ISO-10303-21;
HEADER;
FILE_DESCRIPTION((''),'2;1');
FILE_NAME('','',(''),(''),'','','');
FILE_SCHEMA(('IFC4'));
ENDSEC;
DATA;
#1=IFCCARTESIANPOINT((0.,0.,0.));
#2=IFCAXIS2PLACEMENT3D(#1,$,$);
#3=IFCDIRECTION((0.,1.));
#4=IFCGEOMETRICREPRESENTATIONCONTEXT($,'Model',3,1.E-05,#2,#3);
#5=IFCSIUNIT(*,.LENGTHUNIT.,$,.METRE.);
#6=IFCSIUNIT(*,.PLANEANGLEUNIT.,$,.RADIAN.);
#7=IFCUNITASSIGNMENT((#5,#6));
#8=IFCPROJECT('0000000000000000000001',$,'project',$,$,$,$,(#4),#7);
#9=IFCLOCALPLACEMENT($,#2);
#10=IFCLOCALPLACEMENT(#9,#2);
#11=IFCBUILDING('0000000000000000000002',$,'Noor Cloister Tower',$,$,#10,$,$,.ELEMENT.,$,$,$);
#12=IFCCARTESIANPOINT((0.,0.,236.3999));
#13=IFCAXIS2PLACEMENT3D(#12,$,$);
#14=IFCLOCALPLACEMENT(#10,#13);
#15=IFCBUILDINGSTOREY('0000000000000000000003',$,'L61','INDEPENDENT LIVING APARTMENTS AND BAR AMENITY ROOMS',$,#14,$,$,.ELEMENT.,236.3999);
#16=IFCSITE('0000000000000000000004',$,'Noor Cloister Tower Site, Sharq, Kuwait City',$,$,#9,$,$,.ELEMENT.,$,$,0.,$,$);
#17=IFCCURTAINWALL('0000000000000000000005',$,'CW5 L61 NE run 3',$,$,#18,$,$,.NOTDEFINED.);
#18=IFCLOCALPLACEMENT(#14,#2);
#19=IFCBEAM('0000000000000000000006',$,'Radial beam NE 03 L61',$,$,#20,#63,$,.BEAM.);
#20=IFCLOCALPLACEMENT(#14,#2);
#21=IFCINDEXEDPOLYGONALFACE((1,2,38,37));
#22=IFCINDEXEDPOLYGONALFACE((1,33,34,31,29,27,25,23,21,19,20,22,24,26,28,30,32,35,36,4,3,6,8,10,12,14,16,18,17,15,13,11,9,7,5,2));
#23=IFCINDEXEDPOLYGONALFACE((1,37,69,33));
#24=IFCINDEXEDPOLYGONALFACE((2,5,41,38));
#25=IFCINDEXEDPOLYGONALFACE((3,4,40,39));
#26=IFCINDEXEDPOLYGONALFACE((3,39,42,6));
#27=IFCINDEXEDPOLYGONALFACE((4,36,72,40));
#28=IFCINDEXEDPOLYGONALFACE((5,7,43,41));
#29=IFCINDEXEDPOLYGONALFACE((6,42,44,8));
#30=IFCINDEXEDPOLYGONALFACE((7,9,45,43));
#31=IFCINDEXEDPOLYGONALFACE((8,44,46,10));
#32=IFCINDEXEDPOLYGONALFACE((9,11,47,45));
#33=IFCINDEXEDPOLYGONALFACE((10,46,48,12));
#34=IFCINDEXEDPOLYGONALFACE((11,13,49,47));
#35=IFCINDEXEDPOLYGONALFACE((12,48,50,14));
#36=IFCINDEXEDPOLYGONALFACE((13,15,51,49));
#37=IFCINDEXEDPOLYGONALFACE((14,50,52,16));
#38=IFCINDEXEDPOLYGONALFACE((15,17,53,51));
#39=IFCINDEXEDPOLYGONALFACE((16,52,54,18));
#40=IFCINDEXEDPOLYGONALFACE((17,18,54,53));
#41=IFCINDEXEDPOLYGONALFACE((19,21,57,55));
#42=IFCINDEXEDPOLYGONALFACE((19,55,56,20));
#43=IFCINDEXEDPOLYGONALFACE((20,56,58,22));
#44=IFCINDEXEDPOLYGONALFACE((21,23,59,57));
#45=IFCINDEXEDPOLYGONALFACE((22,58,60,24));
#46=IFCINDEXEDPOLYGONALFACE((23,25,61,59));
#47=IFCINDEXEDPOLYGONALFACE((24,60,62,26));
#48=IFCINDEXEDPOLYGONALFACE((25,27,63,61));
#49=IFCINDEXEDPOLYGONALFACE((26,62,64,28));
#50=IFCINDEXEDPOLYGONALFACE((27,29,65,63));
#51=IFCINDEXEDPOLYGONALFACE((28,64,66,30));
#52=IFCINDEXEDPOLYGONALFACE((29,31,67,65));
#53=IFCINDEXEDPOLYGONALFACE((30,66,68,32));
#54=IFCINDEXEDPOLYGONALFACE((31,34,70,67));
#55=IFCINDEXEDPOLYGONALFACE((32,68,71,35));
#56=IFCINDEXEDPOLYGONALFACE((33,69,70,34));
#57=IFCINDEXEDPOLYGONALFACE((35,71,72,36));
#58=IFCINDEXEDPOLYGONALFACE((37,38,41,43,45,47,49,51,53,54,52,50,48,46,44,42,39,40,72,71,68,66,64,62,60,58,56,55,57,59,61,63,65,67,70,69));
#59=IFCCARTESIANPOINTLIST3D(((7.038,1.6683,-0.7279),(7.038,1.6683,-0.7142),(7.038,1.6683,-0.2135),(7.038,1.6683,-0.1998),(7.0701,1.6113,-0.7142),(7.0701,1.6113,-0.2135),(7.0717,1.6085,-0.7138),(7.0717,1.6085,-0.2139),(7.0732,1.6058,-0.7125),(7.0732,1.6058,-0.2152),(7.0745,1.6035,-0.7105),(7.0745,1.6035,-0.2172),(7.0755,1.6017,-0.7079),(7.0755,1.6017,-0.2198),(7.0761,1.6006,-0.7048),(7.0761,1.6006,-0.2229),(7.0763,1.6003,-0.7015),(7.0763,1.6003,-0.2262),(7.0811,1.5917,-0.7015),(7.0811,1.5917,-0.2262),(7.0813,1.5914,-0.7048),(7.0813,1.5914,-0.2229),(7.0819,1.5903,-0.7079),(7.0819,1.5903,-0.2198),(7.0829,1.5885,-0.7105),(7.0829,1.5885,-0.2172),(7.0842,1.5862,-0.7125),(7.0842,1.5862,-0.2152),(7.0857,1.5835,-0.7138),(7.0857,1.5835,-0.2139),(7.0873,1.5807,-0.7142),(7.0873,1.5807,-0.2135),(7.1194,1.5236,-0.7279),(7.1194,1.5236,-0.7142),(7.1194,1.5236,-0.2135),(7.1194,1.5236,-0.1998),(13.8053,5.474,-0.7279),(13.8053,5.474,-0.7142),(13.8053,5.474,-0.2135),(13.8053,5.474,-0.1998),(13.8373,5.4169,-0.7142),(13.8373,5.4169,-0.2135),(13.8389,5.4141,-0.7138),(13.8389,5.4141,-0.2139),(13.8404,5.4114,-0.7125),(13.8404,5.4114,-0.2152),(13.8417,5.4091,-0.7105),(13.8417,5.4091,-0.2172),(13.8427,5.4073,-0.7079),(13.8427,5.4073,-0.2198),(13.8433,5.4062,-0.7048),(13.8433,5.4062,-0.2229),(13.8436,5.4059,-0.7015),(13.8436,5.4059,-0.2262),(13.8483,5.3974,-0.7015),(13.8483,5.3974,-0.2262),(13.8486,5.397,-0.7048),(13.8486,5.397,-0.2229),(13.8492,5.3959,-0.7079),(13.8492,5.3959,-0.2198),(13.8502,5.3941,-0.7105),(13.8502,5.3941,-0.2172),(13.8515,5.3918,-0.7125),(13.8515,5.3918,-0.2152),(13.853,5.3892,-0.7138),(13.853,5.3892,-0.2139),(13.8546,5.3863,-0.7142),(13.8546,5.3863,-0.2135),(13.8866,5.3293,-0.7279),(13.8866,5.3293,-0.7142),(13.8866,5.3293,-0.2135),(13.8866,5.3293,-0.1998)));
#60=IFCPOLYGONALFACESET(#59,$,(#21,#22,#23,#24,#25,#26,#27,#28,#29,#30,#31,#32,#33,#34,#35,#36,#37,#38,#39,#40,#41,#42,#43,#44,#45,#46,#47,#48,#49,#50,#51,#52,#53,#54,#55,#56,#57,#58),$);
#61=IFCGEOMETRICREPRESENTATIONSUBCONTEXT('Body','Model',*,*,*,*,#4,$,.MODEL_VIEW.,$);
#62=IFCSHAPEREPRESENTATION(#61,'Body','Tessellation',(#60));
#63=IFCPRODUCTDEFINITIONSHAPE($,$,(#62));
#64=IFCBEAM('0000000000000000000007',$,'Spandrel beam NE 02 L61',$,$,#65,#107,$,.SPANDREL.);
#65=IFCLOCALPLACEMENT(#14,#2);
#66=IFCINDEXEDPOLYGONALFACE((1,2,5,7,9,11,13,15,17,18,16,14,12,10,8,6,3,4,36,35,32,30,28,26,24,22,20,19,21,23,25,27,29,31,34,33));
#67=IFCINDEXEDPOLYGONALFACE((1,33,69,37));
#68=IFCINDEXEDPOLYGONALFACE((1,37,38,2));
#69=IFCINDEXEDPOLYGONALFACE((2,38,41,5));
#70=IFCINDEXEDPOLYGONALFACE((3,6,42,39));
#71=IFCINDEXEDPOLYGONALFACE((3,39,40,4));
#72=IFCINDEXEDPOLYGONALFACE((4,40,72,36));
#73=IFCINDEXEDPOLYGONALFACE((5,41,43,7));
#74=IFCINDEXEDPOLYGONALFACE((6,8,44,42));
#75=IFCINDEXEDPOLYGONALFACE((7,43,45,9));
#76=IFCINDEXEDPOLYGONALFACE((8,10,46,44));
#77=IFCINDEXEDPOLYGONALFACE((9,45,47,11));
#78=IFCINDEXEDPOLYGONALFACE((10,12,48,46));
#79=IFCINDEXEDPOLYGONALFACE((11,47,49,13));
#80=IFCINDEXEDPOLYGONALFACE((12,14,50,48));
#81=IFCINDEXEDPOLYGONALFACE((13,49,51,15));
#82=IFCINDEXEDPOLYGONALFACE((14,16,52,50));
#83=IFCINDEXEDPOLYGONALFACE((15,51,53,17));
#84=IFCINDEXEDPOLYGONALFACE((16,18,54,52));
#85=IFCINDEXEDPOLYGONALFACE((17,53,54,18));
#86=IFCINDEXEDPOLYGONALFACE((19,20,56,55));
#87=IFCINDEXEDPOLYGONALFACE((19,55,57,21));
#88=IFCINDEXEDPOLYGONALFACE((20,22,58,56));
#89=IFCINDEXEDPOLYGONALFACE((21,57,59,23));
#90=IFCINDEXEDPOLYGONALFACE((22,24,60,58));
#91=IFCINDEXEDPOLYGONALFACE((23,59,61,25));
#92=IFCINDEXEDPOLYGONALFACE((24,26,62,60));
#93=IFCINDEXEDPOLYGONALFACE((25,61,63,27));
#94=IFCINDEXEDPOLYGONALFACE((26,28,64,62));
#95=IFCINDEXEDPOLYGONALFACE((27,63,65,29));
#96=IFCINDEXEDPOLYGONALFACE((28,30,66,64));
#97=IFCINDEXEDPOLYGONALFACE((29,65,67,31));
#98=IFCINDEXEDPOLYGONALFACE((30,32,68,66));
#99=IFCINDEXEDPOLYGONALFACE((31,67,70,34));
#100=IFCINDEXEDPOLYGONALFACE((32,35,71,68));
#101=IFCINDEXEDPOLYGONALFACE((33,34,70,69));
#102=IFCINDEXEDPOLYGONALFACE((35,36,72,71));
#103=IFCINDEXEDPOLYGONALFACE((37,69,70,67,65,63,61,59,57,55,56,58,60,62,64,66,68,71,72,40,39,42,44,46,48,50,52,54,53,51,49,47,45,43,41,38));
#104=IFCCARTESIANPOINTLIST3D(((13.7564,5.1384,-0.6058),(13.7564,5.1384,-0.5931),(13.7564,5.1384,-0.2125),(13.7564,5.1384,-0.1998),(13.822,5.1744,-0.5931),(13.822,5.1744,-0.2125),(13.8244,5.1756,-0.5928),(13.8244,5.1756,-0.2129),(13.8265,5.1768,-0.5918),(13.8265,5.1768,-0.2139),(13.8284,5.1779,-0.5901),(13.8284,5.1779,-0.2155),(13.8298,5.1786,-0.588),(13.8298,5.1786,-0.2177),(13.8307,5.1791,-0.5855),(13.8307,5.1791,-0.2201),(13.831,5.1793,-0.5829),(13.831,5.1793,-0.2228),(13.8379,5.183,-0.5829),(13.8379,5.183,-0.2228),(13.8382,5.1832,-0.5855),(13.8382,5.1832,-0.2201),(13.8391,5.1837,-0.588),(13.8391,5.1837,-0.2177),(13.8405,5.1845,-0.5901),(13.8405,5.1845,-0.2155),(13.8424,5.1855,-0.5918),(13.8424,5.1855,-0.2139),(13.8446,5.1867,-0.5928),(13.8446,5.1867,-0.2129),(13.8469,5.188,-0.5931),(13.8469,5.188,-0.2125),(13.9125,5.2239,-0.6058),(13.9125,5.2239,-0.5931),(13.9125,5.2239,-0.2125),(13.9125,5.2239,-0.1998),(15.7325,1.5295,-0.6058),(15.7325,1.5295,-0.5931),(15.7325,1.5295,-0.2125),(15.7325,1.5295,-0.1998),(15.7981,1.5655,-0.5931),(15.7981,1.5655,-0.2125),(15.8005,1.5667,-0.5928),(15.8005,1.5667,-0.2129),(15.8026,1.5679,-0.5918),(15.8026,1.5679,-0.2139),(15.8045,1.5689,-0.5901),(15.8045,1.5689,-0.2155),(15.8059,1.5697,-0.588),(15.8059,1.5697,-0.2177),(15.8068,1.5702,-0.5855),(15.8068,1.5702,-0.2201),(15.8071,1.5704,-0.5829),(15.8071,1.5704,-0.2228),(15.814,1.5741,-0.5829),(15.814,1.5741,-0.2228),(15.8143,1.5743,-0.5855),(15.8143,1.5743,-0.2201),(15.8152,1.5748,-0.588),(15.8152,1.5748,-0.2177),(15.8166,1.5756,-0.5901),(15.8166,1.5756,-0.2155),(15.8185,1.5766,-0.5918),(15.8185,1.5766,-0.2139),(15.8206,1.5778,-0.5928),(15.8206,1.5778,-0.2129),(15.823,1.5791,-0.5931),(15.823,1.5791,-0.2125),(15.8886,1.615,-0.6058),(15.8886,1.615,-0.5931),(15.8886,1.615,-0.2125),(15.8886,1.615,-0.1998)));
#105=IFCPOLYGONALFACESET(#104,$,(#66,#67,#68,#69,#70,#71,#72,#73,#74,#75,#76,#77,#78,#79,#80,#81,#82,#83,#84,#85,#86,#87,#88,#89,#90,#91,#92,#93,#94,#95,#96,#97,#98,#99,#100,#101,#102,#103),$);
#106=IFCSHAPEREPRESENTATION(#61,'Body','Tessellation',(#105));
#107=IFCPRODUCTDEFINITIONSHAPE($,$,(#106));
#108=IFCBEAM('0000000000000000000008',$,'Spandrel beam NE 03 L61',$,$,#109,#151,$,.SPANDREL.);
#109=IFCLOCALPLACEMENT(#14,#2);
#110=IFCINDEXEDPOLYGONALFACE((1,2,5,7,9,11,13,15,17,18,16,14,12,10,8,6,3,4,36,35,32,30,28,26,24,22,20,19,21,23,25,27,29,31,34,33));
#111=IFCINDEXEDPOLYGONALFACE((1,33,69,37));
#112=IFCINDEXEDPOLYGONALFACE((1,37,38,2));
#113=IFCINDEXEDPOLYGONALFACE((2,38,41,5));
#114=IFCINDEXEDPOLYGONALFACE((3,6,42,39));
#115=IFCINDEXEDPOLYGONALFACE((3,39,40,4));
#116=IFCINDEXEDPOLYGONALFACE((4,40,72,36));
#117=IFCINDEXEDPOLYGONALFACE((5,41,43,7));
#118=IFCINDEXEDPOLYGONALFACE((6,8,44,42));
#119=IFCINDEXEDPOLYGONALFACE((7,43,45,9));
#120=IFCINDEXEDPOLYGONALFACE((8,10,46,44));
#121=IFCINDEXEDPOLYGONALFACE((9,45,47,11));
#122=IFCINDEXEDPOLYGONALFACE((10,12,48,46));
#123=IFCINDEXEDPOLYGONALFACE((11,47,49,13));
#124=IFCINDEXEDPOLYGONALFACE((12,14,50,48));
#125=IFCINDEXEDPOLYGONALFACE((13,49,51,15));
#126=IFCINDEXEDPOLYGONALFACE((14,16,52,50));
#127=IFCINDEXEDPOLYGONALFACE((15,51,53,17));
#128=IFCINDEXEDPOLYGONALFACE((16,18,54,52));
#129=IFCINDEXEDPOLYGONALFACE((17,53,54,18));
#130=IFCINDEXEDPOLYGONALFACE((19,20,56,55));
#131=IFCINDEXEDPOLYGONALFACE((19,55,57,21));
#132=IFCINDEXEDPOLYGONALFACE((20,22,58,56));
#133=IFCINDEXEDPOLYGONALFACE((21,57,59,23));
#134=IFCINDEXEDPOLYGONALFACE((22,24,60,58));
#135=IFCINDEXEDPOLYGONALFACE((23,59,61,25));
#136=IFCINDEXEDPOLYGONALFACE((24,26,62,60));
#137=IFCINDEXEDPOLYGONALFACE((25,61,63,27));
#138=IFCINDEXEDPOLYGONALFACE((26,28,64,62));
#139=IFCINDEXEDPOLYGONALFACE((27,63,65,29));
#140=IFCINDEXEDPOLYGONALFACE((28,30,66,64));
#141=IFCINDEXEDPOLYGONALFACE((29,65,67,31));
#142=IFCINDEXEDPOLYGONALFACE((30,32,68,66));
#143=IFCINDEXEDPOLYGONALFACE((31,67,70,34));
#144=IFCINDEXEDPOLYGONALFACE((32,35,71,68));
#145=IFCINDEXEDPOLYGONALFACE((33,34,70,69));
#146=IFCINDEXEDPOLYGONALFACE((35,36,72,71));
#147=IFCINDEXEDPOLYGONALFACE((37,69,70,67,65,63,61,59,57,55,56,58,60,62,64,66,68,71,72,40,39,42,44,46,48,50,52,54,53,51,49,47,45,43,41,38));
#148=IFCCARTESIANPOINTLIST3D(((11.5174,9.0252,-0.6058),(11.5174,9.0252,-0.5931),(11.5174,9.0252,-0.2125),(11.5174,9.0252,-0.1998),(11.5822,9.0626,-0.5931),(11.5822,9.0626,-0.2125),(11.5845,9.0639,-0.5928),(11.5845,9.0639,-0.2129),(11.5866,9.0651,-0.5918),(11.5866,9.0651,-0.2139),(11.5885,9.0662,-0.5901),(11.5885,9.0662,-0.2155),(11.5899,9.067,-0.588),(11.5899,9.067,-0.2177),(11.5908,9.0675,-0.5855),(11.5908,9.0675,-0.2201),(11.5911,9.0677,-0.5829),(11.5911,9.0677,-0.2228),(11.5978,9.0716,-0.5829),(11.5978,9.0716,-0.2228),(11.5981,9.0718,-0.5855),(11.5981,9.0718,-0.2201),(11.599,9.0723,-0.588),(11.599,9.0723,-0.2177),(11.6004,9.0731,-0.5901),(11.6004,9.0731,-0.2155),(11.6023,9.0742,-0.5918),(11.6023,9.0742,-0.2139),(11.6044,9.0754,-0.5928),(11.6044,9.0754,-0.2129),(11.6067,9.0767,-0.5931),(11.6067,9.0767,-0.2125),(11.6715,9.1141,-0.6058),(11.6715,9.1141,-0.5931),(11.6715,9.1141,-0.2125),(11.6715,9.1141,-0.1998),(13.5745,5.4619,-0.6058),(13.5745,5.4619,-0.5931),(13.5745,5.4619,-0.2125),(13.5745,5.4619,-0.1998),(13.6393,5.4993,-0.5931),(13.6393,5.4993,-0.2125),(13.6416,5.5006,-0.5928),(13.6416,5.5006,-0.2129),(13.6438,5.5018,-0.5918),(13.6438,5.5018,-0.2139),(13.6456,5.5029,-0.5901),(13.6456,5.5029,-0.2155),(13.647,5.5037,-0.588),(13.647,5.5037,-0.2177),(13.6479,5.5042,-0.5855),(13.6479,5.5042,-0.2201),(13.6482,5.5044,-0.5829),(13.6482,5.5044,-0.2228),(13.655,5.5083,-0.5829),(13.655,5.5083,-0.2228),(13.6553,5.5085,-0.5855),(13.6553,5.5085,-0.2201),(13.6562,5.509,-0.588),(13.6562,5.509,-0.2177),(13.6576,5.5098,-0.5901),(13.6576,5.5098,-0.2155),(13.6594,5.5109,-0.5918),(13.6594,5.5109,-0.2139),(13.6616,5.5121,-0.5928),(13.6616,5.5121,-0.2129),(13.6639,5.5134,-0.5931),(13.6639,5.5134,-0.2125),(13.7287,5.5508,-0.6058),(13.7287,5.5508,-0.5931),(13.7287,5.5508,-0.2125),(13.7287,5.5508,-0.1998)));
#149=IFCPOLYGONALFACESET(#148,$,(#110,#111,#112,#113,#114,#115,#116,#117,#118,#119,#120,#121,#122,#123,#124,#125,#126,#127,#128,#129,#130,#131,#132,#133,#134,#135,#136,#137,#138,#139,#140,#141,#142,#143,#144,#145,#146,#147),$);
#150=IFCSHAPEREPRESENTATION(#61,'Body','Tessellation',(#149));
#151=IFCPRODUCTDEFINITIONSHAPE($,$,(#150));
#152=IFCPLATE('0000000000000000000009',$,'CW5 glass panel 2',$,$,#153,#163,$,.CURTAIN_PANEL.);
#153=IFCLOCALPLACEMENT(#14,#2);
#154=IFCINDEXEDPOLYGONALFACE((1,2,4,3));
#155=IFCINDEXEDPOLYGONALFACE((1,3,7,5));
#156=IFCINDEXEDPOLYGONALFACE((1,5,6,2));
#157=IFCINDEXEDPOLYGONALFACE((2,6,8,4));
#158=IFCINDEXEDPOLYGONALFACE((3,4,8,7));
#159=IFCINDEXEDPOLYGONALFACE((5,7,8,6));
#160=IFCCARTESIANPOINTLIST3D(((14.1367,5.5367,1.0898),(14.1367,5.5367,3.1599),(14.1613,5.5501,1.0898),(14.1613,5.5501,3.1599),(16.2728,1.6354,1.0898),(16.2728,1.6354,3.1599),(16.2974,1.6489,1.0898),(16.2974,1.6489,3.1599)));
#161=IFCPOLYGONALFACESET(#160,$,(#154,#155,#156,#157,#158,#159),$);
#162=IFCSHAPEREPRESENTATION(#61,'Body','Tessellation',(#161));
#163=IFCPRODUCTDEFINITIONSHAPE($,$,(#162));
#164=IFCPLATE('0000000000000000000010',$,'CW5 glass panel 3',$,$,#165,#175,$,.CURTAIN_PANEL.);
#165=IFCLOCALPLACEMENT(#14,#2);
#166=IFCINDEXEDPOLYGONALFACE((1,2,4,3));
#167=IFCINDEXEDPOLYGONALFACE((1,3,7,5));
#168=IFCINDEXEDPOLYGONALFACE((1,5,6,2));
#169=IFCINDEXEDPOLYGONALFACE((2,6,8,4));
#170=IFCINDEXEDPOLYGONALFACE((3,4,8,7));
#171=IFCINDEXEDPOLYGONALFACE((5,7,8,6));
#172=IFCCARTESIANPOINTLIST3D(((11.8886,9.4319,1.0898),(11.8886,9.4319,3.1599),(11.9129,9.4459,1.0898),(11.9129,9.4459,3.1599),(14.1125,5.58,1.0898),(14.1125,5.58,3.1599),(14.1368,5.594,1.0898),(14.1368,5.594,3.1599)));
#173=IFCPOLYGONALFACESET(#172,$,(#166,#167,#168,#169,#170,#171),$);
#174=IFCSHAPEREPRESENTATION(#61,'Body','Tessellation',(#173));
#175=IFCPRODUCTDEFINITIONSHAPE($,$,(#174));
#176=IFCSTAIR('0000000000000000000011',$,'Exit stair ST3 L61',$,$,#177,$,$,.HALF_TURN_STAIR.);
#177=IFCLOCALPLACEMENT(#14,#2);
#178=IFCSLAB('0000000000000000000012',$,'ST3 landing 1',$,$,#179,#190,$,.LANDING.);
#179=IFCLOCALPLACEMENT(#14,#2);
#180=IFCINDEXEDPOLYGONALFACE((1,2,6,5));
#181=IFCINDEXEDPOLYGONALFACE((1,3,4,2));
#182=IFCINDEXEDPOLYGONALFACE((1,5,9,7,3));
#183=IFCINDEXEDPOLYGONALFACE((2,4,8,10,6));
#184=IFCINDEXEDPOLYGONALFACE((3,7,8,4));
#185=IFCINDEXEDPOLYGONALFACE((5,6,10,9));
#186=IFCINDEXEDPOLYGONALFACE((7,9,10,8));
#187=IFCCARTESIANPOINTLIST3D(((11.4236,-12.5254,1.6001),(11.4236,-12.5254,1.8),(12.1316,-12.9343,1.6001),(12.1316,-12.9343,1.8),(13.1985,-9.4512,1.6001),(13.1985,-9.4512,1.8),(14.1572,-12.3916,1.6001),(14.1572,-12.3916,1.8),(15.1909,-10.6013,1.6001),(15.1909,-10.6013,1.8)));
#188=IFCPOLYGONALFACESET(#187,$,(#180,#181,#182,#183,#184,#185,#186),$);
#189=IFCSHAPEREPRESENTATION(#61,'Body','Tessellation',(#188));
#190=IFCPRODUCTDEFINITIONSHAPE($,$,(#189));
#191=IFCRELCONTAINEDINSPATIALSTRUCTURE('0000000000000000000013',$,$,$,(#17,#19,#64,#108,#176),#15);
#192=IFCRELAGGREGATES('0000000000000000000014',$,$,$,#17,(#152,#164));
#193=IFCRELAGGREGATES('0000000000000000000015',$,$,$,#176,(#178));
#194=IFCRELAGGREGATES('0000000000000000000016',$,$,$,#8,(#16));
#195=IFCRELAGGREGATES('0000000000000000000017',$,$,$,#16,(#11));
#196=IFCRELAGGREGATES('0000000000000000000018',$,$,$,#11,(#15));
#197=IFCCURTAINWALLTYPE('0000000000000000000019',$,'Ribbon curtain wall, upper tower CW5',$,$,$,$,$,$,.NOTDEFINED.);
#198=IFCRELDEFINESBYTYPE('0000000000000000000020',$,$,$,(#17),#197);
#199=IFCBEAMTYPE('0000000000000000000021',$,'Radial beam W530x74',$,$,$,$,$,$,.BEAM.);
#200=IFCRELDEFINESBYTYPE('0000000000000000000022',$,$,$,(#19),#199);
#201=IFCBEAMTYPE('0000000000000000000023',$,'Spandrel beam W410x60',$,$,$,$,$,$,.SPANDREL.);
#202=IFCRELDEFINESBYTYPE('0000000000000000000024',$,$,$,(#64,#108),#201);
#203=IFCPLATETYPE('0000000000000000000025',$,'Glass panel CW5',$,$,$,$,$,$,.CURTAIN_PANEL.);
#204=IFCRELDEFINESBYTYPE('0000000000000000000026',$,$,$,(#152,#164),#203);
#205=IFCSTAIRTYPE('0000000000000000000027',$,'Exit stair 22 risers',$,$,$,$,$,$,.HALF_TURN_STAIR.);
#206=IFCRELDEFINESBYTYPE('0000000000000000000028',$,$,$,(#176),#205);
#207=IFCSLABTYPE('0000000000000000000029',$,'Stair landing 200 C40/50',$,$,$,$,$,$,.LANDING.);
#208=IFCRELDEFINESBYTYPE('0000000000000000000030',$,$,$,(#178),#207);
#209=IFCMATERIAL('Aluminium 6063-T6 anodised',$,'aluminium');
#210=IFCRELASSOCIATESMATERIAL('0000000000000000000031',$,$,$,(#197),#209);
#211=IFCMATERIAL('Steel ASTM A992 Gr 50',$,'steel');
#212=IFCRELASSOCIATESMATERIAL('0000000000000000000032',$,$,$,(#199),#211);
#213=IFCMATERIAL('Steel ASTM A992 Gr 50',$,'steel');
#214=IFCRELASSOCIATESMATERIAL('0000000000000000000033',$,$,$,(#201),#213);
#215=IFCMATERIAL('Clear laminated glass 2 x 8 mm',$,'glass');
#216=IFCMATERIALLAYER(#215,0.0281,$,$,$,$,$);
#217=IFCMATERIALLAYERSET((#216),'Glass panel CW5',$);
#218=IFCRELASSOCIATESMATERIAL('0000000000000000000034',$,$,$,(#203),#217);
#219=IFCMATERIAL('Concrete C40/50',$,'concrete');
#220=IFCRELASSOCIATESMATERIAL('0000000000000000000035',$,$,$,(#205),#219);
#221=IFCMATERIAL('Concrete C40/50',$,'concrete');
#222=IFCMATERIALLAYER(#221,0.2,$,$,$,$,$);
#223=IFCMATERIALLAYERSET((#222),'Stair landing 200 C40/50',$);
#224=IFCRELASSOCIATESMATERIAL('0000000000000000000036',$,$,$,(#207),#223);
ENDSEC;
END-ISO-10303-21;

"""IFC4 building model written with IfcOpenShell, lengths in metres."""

from ifc_helpers import new_model, si_unit, direction, frame, origin, origin_2d, place, context, subcontext, project, spatial, polyline, rectangle, i_section, outline, extrude, material, layer, layer_set, material_profile, profile_set, type_object, element, aggregate, save


model = new_model("IFC4")

# Units and contexts
model_context = context("Model", 3, precision=1e-05, world=origin(), true_north=direction((0.0, 1.0)))
body_context = subcontext(model_context, "Body", "Model", "MODEL_VIEW")
ifc_project = project(units=[si_unit("LENGTHUNIT", "METRE"), si_unit("PLANEANGLEUNIT", "RADIAN")], contexts=[model_context])

# Site, building, storey
site_placement = place(None, origin())
site = spatial("IfcSite", under=ifc_project, at=site_placement, Name="Noor Cloister Tower Site, Sharq, Kuwait City", CompositionType="ELEMENT", RefElevation=0.0)
building_placement = place(site_placement, origin())
building = spatial("IfcBuilding", under=site, at=building_placement, Name="Noor Cloister Tower", CompositionType="ELEMENT")
storey_placement = place(building_placement, frame((0.0, 0.0, 236.3999)))
storey = spatial("IfcBuildingStorey", under=building, at=storey_placement, Name="L61", Description="INDEPENDENT LIVING APARTMENTS AND BAR AMENITY ROOMS", CompositionType="ELEMENT", Elevation=236.3999)

# Curtain wall
ifc_material_1 = material(Name="Aluminium 6063-T6 anodised", Category="aluminium")
curtain_wall_type = type_object("IfcCurtainWallType", Name="Ribbon curtain wall, upper tower CW5", PredefinedType="NOTDEFINED", material=ifc_material_1)
curtain_wall_placement = place(storey_placement, origin())
curtain_wall = element("IfcCurtainWall", 1, at=curtain_wall_placement, inside=storey, type_object=curtain_wall_type, Name="CW5 L61 NE run 3", PredefinedType="NOTDEFINED")

# Beams
ifc_material_2 = material(Name="Steel ASTM A992 Gr 50", Category="steel")
ifc_material_profile_1 = material_profile(ifc_material_2, i_section(OverallWidth=0.166, OverallDepth=0.5281, WebThickness=0.0098, FlangeThickness=0.0137, FilletRadius=0.0127, at=origin_2d()), Name="W530x74")
ifc_profile_set_1 = profile_set([ifc_material_profile_1], Name="Steel ASTM A992 Gr 50")
beam_type_1 = type_object("IfcBeamType", Name="Radial beam W530x74", PredefinedType="BEAM", material=ifc_profile_set_1)
beam_1_placement = place(storey_placement, frame((13.8459, 5.4016, -0.4639), z_axis=(-0.871628, -0.490167, 0.0), x_axis=(0.490167, -0.871628, 0.0)))
element("IfcBeam", 2, at=beam_1_placement, inside=storey, type_object=beam_type_1, Name="Radial beam NE 03 L61", PredefinedType="BEAM", context=body_context, shape_type="SweptSolid", body=[
    extrude(i_section(OverallWidth=0.166, OverallDepth=0.5281, WebThickness=0.0098, FlangeThickness=0.0137, FilletRadius=0.0127, at=origin_2d()), origin(), (0.0, 0.0, 1.0), 7.7639),
])
ifc_material_3 = material(Name="Steel ASTM A992 Gr 50", Category="steel")
ifc_material_profile_2 = material_profile(ifc_material_3, i_section(OverallWidth=0.178, OverallDepth=0.406, WebThickness=0.0078, FlangeThickness=0.0127, FilletRadius=0.0103, at=origin_2d()), Name="W410x60")
ifc_profile_set_2 = profile_set([ifc_material_profile_2], Name="Steel ASTM A992 Gr 50")
beam_type_2 = type_object("IfcBeamType", Name="Spandrel beam W410x60", PredefinedType="SPANDREL", material=ifc_profile_set_2)
for number, where, z_axis, x_axis, name in (
    (3, (15.8105, 1.5723, -0.4028), (-0.480273, 0.877119, 0.0), (-0.877119, -0.480273, 0.0), "Spandrel beam NE 02 L61"),
    (4, (13.6516, 5.5063, -0.4028), (-0.499981, 0.866036, 0.0), (-0.866036, -0.499981, 0.0), "Spandrel beam NE 03 L61"),
):
    element("IfcBeam", number, at=place(storey_placement, frame(where, z_axis=z_axis, x_axis=x_axis)), inside=storey, type_object=beam_type_2, Name=name, PredefinedType="SPANDREL", context=body_context, shape_type="SweptSolid", body=[
        extrude(i_section(OverallWidth=0.178, OverallDepth=0.406, WebThickness=0.0078, FlangeThickness=0.0127, FilletRadius=0.0103, at=origin_2d()), origin(), (0.0, 0.0, 1.0), 4.1145),
    ])

# Plates
ifc_material_4 = material(Name="Clear laminated glass 2 x 8 mm", Category="glass")
ifc_layer_1 = layer(ifc_material_4, 0.0281)
ifc_layer_set_1 = layer_set([ifc_layer_1], Name="Glass panel CW5")
plate_type = type_object("IfcPlateType", Name="Glass panel CW5", PredefinedType="CURTAIN_PANEL", material=ifc_layer_set_1)
plate_1_placement = place(storey_placement, frame((15.217, 3.5928, 1.0898), z_axis=(0.0, 0.0, 1.0), x_axis=(-0.480257, 0.877128, 0.0)))
plate_1 = element("IfcPlate", 5, at=plate_1_placement, type_object=plate_type, Name="CW5 glass panel 2", PredefinedType="CURTAIN_PANEL", context=body_context, shape_type="SweptSolid", body=[
    extrude(rectangle(XDim=4.4478, YDim=0.0281, at=origin_2d()), origin(), (0.0, 0.0, 1.0), 2.0701),
])
plate_2_placement = place(storey_placement, frame((13.0127, 7.5129, 1.0898), z_axis=(0.0, 0.0, 1.0), x_axis=(-0.5, 0.866025, 0.0)))
plate_2 = element("IfcPlate", 6, at=plate_2_placement, type_object=plate_type, Name="CW5 glass panel 3", PredefinedType="CURTAIN_PANEL", context=body_context, shape_type="SweptSolid", body=[
    extrude(rectangle(XDim=4.4478, YDim=0.0281, at=origin_2d()), origin(), (0.0, 0.0, 1.0), 2.0701),
])
aggregate(curtain_wall, [plate_1, plate_2])

# Stair, slab
ifc_material_5 = material(Name="Concrete C40/50", Category="concrete")
stair_type = type_object("IfcStairType", Name="Exit stair 22 risers", PredefinedType="HALF_TURN_STAIR", material=ifc_material_5)
stair_placement = place(storey_placement, origin())
stair = element("IfcStair", 7, at=stair_placement, inside=storey, type_object=stair_type, Name="Exit stair ST3 L61", PredefinedType="HALF_TURN_STAIR")
ifc_material_6 = material(Name="Concrete C40/50", Category="concrete")
ifc_layer_2 = layer(ifc_material_6, 0.2)
ifc_layer_set_2 = layer_set([ifc_layer_2], Name="Stair landing 200 C40/50")
slab_type = type_object("IfcSlabType", Name="Stair landing 200 C40/50", PredefinedType="LANDING", material=ifc_layer_set_2)
slab_placement = place(storey_placement, frame((0.0, 0.0, 1.6001)))
slab = element("IfcSlab", 8, at=slab_placement, type_object=slab_type, Name="ST3 landing 1", PredefinedType="LANDING", context=body_context, shape_type="SweptSolid", body=[
    extrude(outline(polyline([(11.4236, -12.5254), (12.1316, -12.9343), (14.1572, -12.3916), (15.1909, -10.6013), (13.1985, -9.4512), (11.4236, -12.5254)])), origin(), (0.0, 0.0, 1.0), 0.2),
])
aggregate(stair, [slab])

save(model, "model.ifc")
